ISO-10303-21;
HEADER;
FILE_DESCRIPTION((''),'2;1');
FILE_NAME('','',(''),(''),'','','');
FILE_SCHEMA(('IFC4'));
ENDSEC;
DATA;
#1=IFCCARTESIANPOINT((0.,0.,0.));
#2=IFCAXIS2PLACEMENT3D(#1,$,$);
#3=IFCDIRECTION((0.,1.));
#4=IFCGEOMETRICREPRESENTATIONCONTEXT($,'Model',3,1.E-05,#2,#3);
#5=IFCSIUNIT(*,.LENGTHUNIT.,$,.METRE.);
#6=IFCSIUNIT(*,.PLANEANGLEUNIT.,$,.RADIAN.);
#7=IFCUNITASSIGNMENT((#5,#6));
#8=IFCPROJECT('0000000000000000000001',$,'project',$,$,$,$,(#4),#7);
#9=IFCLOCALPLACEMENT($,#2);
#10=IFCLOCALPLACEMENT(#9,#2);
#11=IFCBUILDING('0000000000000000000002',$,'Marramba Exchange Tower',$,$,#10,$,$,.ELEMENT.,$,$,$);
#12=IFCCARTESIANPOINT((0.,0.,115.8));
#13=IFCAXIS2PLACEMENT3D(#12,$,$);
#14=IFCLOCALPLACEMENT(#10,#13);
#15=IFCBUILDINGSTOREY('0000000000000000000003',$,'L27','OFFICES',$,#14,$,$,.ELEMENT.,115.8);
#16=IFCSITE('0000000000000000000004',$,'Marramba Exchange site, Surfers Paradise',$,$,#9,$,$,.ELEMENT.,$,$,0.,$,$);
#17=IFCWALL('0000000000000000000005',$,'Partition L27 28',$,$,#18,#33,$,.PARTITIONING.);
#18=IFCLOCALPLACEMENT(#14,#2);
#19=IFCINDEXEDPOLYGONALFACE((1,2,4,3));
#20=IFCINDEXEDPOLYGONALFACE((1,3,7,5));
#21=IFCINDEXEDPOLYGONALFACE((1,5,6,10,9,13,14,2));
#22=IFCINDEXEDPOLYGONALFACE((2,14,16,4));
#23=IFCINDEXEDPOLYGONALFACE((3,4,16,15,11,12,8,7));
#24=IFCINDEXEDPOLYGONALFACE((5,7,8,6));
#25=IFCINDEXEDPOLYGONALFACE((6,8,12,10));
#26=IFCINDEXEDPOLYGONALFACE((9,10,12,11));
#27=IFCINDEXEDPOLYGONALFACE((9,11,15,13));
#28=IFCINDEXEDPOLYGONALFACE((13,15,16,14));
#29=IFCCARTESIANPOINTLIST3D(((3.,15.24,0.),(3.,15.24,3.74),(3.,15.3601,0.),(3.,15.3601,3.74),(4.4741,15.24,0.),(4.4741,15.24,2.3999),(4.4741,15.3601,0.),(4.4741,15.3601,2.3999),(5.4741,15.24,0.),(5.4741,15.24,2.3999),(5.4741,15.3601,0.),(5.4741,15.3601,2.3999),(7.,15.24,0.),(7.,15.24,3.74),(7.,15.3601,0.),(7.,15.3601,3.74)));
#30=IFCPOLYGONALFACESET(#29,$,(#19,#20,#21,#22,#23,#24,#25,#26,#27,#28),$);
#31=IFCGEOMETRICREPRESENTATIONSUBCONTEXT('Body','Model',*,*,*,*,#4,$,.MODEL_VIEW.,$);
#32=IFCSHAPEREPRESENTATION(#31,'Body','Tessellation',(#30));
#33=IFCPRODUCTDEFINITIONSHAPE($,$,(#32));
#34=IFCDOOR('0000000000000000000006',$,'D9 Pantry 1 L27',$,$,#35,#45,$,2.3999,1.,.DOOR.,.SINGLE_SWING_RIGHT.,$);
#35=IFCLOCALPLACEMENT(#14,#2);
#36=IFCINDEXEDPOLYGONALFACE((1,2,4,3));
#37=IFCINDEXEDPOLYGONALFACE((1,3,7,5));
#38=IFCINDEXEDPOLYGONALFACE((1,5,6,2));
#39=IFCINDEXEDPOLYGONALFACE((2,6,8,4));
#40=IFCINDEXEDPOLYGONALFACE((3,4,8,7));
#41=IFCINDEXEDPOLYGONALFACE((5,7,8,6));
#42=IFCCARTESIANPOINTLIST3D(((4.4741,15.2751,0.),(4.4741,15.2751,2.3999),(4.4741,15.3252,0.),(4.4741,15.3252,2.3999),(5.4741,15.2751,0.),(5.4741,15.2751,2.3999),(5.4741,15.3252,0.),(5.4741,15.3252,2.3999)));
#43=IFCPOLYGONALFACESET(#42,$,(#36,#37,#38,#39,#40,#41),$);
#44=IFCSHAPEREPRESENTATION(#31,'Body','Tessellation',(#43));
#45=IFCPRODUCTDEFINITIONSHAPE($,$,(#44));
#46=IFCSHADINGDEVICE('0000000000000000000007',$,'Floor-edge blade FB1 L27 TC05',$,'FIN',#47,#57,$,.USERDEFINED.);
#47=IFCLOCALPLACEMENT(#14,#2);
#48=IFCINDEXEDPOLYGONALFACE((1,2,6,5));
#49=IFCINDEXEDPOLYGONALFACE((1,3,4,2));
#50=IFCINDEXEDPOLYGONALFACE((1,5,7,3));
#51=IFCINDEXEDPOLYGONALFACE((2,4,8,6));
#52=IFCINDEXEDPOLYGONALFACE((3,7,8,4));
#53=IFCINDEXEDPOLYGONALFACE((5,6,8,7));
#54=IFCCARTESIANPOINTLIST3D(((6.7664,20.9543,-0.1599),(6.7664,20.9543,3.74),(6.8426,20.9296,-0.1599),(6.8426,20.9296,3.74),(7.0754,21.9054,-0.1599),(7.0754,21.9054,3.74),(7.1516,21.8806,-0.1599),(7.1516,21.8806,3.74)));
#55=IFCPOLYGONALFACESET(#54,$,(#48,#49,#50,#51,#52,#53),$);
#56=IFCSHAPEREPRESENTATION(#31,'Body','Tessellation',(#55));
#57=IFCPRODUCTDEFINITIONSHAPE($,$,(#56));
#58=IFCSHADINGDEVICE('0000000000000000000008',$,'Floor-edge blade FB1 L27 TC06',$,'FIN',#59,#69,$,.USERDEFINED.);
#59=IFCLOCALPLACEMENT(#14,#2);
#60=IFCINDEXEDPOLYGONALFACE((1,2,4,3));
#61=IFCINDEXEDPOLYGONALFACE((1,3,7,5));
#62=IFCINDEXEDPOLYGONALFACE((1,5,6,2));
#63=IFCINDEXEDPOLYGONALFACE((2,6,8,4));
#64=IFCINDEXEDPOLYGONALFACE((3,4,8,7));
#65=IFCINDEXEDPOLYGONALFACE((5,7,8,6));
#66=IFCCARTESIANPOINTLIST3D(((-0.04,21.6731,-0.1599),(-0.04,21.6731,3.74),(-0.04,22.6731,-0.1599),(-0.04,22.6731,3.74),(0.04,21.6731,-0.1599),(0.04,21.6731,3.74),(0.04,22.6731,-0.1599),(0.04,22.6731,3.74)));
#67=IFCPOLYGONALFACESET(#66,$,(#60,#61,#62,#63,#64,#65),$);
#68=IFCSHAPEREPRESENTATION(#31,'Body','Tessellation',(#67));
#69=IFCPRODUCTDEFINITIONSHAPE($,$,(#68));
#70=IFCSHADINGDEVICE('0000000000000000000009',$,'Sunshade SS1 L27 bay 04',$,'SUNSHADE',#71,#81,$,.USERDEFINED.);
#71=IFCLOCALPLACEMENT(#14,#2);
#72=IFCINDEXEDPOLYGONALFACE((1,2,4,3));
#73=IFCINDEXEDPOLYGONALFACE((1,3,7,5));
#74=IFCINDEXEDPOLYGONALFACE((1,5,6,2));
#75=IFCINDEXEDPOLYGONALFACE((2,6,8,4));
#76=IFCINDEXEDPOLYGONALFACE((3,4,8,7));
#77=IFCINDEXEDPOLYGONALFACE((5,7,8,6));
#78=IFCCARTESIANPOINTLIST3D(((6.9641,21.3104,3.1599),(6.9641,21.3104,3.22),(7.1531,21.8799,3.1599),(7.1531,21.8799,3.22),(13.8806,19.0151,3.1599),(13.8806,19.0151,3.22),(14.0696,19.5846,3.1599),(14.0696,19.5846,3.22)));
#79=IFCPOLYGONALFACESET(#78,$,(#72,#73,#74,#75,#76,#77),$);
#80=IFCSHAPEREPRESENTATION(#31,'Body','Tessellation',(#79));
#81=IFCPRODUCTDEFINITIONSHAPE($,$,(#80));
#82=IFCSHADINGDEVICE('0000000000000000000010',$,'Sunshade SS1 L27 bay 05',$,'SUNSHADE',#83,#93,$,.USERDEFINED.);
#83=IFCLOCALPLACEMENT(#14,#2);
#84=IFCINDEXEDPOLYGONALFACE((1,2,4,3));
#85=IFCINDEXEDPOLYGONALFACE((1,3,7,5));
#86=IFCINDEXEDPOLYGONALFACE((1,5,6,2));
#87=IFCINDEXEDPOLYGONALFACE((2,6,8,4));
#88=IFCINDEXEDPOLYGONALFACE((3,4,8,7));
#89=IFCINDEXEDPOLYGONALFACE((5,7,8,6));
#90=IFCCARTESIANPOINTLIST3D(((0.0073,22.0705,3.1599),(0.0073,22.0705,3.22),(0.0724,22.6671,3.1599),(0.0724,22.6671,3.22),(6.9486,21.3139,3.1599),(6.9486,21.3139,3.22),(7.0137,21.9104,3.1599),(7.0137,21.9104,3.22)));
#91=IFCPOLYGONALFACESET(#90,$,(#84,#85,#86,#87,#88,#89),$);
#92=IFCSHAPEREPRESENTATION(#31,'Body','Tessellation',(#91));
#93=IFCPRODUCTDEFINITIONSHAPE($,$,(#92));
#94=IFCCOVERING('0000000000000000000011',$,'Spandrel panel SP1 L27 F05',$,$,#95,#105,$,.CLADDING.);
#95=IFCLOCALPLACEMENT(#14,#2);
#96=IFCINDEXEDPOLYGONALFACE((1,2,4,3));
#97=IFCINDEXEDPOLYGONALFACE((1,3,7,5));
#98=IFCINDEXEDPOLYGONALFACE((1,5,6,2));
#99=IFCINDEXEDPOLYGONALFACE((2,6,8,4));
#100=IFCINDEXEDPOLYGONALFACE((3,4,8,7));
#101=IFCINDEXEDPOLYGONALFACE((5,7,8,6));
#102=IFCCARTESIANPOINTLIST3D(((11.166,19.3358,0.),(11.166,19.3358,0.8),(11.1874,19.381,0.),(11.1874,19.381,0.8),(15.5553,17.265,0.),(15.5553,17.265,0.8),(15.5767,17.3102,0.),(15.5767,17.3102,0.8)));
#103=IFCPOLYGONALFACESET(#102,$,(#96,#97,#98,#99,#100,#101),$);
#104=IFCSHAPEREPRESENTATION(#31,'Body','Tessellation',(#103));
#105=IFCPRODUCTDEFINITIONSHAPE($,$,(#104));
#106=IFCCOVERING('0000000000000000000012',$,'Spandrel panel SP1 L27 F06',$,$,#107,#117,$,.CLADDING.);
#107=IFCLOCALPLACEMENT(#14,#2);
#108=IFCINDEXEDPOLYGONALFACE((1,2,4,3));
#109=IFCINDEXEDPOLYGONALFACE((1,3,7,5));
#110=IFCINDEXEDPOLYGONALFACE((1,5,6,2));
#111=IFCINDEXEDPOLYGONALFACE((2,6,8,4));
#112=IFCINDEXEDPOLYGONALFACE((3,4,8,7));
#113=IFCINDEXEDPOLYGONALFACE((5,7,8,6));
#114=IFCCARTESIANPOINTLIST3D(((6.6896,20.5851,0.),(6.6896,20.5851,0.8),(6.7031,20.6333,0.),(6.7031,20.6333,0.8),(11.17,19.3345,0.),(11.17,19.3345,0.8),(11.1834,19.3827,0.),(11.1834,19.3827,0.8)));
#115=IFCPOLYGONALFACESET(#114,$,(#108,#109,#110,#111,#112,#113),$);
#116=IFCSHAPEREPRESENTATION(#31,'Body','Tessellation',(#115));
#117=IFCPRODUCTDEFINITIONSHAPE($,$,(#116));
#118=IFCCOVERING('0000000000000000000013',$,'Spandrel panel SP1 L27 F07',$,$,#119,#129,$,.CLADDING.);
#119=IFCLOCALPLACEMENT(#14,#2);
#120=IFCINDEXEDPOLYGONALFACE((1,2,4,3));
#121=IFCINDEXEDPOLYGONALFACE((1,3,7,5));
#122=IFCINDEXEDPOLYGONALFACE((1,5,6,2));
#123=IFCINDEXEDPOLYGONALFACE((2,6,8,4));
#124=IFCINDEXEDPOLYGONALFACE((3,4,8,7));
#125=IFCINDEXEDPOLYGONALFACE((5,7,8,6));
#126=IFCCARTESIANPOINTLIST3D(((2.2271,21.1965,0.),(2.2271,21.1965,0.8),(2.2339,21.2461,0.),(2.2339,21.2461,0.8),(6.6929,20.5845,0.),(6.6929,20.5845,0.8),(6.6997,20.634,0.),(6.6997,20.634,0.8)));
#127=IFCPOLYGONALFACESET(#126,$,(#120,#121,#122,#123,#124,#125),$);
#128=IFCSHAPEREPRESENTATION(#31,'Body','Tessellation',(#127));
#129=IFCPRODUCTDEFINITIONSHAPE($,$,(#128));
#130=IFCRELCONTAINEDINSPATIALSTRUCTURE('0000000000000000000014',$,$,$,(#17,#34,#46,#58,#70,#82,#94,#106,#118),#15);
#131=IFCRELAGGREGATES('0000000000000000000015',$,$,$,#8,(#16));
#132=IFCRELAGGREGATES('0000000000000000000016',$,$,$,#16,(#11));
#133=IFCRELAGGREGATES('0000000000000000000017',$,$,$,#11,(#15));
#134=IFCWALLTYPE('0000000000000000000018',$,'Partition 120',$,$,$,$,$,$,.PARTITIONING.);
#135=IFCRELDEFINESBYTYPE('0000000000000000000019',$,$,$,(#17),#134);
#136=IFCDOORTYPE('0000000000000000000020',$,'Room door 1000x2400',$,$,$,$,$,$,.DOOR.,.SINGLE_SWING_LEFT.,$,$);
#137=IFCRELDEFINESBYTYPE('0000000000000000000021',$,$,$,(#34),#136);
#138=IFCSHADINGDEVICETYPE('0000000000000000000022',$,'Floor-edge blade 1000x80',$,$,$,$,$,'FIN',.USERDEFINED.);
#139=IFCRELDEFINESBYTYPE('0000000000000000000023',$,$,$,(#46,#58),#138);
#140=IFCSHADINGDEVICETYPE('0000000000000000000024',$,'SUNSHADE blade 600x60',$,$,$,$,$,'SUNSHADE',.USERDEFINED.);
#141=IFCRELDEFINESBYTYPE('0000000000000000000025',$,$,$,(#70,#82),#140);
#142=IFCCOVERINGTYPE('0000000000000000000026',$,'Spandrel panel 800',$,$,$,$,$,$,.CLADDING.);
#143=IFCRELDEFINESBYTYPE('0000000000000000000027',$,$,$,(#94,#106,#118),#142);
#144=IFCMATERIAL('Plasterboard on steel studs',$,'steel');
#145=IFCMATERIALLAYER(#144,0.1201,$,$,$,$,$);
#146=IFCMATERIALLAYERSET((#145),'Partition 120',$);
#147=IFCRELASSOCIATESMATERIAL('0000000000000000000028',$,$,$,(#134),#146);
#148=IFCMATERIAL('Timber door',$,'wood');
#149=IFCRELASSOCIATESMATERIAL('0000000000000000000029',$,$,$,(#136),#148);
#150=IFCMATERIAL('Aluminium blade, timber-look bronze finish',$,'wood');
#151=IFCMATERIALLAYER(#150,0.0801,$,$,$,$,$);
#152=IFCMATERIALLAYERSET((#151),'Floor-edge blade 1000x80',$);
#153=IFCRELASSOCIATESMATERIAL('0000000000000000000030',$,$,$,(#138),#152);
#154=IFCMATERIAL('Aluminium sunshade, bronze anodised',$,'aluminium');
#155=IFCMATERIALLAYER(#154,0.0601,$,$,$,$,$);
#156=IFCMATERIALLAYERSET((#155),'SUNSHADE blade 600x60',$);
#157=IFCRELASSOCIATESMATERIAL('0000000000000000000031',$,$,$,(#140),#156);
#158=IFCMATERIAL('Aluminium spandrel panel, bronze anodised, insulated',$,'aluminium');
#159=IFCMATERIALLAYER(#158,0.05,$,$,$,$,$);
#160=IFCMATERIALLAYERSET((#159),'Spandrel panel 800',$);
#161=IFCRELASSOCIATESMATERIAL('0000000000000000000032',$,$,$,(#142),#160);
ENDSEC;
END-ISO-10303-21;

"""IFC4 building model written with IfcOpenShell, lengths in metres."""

from ifc_helpers import new_model, si_unit, direction, frame, frame_2d, origin, origin_2d, place, context, subcontext, project, spatial, rectangle, extrude, material, layer, layer_set, type_object, element, fill, save


model = new_model("IFC4")

# Units and contexts
model_context = context("Model", 3, precision=1e-05, world=origin(), true_north=direction((0.0, 1.0)))
body_context = subcontext(model_context, "Body", "Model", "MODEL_VIEW")
ifc_project = project(units=[si_unit("LENGTHUNIT", "METRE"), si_unit("PLANEANGLEUNIT", "RADIAN")], contexts=[model_context])

# Site, building, storey
site_placement = place(None, origin())
site = spatial("IfcSite", under=ifc_project, at=site_placement, Name="Marramba Exchange site, Surfers Paradise", CompositionType="ELEMENT", RefElevation=0.0)
building_placement = place(site_placement, origin())
building = spatial("IfcBuilding", under=site, at=building_placement, Name="Marramba Exchange Tower", CompositionType="ELEMENT")
storey_placement = place(building_placement, frame((0.0, 0.0, 115.8)))
storey = spatial("IfcBuildingStorey", under=building, at=storey_placement, Name="L27", Description="OFFICES", CompositionType="ELEMENT", Elevation=115.8)

# Wall, opening, door
ifc_material_1 = material(Name="Plasterboard on steel studs", Category="steel")
ifc_layer_1 = layer(ifc_material_1, 0.1201)
ifc_layer_set_1 = layer_set([ifc_layer_1], Name="Partition 120")
wall_type = type_object("IfcWallType", Name="Partition 120", PredefinedType="PARTITIONING", material=ifc_layer_set_1)
wall_placement = place(storey_placement, frame((7.0, 15.3, 0.0), z_axis=(0.0, 0.0, 1.0), x_axis=(-1.0, 0.0, 0.0)))
wall = element("IfcWall", 1, at=wall_placement, inside=storey, type_object=wall_type, Name="Partition L27 28", PredefinedType="PARTITIONING", context=body_context, shape_type="SweptSolid", body=[
    extrude(rectangle(XDim=4.0, YDim=0.1201, at=frame_2d((2.0, 0.0))), origin(), (0.0, 0.0, 1.0), 3.74),
])
opening_placement = place(wall_placement, frame((1.5259, 0.0, 0.0)))
opening = element("IfcOpeningElement", 2, at=opening_placement, cuts=wall, PredefinedType="OPENING", context=body_context, shape_type="SweptSolid", body=[
    extrude(rectangle(XDim=1.0, YDim=2.3999, at=frame_2d((0.5, 1.2))), frame((0.0, 0.0701, 0.0), z_axis=(0.0, -1.0, 0.0), x_axis=(1.0, 0.0, 0.0)), (0.0, 0.0, 1.0), 0.1401),
])
ifc_material_2 = material(Name="Timber door", Category="wood")
door_type = type_object("IfcDoorType", Name="Room door 1000x2400", OperationType="SINGLE_SWING_LEFT", PredefinedType="DOOR", material=ifc_material_2)
door_placement = place(opening_placement, origin())
door = element("IfcDoor", 3, at=door_placement, inside=storey, type_object=door_type, Name="D9 Pantry 1 L27", OperationType="SINGLE_SWING_RIGHT", OverallHeight=2.3999, OverallWidth=1.0, PredefinedType="DOOR", context=body_context, shape_type="SweptSolid", body=[
    extrude(rectangle(XDim=1.0, YDim=2.3999, at=frame_2d((0.5, 1.2))), frame((0.0, 0.0249, 0.0), z_axis=(0.0, -1.0, 0.0), x_axis=(1.0, 0.0, 0.0)), (0.0, 0.0, 1.0), 0.05),
])
fill(opening, door)

# Shading devices
ifc_material_3 = material(Name="Aluminium blade, timber-look bronze finish", Category="wood")
ifc_layer_2 = layer(ifc_material_3, 0.0801)
ifc_layer_set_2 = layer_set([ifc_layer_2], Name="Floor-edge blade 1000x80")
shading_device_type_1 = type_object("IfcShadingDeviceType", Name="Floor-edge blade 1000x80", ElementType="FIN", PredefinedType="USERDEFINED", material=ifc_layer_set_2)
for number, where, z_axis, x_axis, name in (
    (4, (6.959, 21.4175, -0.1599), (0.0, 0.0, 1.0), (0.309017, 0.951057, 0.0), "Floor-edge blade FB1 L27 TC05"),
    (5, (0.0, 22.1731, -0.1599), (0.0, 0.0, 1.0), (0.0, 1.0, 0.0), "Floor-edge blade FB1 L27 TC06"),
):
    element("IfcShadingDevice", number, at=place(storey_placement, frame(where, z_axis=z_axis, x_axis=x_axis)), inside=storey, type_object=shading_device_type_1, Name=name, ObjectType="FIN", PredefinedType="USERDEFINED", context=body_context, shape_type="SweptSolid", body=[
        extrude(rectangle(XDim=1.0, YDim=0.0801, at=origin_2d()), origin(), (0.0, 0.0, 1.0), 3.8999),
    ])
ifc_material_4 = material(Name="Aluminium sunshade, bronze anodised", Category="aluminium")
ifc_layer_3 = layer(ifc_material_4, 0.0601)
ifc_layer_set_3 = layer_set([ifc_layer_3], Name="SUNSHADE blade 600x60")
shading_device_type_2 = type_object("IfcShadingDeviceType", Name="SUNSHADE blade 600x60", ElementType="SUNSHADE", PredefinedType="USERDEFINED", material=ifc_layer_set_3)
shading_device_1_placement = place(storey_placement, frame((10.5168, 20.4475, 3.1599), z_axis=(0.0, 0.0, 1.0), x_axis=(-0.949101, 0.314972, 0.0)))
element("IfcShadingDevice", 6, at=shading_device_1_placement, inside=storey, type_object=shading_device_type_2, Name="Sunshade SS1 L27 bay 04", ObjectType="SUNSHADE", PredefinedType="USERDEFINED", context=body_context, shape_type="SweptSolid", body=[
    extrude(rectangle(XDim=7.2874, YDim=0.6001, at=origin_2d()), origin(), (0.0, 0.0, 1.0), 0.0601),
])
shading_device_2_placement = place(storey_placement, frame((3.5105, 21.9905, 3.1599), z_axis=(0.0, 0.0, 1.0), x_axis=(-0.994111, 0.108363, 0.0)))
element("IfcShadingDevice", 7, at=shading_device_2_placement, inside=storey, type_object=shading_device_type_2, Name="Sunshade SS1 L27 bay 05", ObjectType="SUNSHADE", PredefinedType="USERDEFINED", context=body_context, shape_type="SweptSolid", body=[
    extrude(rectangle(XDim=6.9824, YDim=0.6001, at=origin_2d()), origin(), (0.0, 0.0, 1.0), 0.0601),
])

# Coverings
ifc_material_5 = material(Name="Aluminium spandrel panel, bronze anodised, insulated", Category="aluminium")
ifc_layer_4 = layer(ifc_material_5, 0.05)
ifc_layer_set_4 = layer_set([ifc_layer_4], Name="Spandrel panel 800")
covering_type = type_object("IfcCoveringType", Name="Spandrel panel 800", PredefinedType="CLADDING", material=ifc_layer_set_4)
covering_1_placement = place(storey_placement, frame((13.3713, 18.323, 0.0), z_axis=(0.0, 0.0, 1.0), x_axis=(-0.904403, 0.426679, 0.0)))
element("IfcCovering", 8, at=covering_1_placement, inside=storey, type_object=covering_type, Name="Spandrel panel SP1 L27 F05", PredefinedType="CLADDING", context=body_context, shape_type="SweptSolid", body=[
    extrude(rectangle(XDim=4.8533, YDim=0.05, at=origin_2d()), origin(), (0.0, 0.0, 1.0), 0.8),
])
covering_2_placement = place(storey_placement, frame((8.9365, 19.9839, 0.0), z_axis=(0.0, 0.0, 1.0), x_axis=(-0.963178, 0.268865, 0.0)))
element("IfcCovering", 9, at=covering_2_placement, inside=storey, type_object=covering_type, Name="Spandrel panel SP1 L27 F06", PredefinedType="CLADDING", context=body_context, shape_type="SweptSolid", body=[
    extrude(rectangle(XDim=4.6516, YDim=0.05, at=origin_2d()), origin(), (0.0, 0.0, 1.0), 0.8),
])
covering_3_placement = place(storey_placement, frame((4.4634, 20.9153, 0.0), z_axis=(0.0, 0.0, 1.0), x_axis=(-0.990738, 0.135786, 0.0)))
element("IfcCovering", 10, at=covering_3_placement, inside=storey, type_object=covering_type, Name="Spandrel panel SP1 L27 F07", PredefinedType="CLADDING", context=body_context, shape_type="SweptSolid", body=[
    extrude(rectangle(XDim=4.5076, YDim=0.05, at=origin_2d()), origin(), (0.0, 0.0, 1.0), 0.8),
])

save(model, "model.ifc")
